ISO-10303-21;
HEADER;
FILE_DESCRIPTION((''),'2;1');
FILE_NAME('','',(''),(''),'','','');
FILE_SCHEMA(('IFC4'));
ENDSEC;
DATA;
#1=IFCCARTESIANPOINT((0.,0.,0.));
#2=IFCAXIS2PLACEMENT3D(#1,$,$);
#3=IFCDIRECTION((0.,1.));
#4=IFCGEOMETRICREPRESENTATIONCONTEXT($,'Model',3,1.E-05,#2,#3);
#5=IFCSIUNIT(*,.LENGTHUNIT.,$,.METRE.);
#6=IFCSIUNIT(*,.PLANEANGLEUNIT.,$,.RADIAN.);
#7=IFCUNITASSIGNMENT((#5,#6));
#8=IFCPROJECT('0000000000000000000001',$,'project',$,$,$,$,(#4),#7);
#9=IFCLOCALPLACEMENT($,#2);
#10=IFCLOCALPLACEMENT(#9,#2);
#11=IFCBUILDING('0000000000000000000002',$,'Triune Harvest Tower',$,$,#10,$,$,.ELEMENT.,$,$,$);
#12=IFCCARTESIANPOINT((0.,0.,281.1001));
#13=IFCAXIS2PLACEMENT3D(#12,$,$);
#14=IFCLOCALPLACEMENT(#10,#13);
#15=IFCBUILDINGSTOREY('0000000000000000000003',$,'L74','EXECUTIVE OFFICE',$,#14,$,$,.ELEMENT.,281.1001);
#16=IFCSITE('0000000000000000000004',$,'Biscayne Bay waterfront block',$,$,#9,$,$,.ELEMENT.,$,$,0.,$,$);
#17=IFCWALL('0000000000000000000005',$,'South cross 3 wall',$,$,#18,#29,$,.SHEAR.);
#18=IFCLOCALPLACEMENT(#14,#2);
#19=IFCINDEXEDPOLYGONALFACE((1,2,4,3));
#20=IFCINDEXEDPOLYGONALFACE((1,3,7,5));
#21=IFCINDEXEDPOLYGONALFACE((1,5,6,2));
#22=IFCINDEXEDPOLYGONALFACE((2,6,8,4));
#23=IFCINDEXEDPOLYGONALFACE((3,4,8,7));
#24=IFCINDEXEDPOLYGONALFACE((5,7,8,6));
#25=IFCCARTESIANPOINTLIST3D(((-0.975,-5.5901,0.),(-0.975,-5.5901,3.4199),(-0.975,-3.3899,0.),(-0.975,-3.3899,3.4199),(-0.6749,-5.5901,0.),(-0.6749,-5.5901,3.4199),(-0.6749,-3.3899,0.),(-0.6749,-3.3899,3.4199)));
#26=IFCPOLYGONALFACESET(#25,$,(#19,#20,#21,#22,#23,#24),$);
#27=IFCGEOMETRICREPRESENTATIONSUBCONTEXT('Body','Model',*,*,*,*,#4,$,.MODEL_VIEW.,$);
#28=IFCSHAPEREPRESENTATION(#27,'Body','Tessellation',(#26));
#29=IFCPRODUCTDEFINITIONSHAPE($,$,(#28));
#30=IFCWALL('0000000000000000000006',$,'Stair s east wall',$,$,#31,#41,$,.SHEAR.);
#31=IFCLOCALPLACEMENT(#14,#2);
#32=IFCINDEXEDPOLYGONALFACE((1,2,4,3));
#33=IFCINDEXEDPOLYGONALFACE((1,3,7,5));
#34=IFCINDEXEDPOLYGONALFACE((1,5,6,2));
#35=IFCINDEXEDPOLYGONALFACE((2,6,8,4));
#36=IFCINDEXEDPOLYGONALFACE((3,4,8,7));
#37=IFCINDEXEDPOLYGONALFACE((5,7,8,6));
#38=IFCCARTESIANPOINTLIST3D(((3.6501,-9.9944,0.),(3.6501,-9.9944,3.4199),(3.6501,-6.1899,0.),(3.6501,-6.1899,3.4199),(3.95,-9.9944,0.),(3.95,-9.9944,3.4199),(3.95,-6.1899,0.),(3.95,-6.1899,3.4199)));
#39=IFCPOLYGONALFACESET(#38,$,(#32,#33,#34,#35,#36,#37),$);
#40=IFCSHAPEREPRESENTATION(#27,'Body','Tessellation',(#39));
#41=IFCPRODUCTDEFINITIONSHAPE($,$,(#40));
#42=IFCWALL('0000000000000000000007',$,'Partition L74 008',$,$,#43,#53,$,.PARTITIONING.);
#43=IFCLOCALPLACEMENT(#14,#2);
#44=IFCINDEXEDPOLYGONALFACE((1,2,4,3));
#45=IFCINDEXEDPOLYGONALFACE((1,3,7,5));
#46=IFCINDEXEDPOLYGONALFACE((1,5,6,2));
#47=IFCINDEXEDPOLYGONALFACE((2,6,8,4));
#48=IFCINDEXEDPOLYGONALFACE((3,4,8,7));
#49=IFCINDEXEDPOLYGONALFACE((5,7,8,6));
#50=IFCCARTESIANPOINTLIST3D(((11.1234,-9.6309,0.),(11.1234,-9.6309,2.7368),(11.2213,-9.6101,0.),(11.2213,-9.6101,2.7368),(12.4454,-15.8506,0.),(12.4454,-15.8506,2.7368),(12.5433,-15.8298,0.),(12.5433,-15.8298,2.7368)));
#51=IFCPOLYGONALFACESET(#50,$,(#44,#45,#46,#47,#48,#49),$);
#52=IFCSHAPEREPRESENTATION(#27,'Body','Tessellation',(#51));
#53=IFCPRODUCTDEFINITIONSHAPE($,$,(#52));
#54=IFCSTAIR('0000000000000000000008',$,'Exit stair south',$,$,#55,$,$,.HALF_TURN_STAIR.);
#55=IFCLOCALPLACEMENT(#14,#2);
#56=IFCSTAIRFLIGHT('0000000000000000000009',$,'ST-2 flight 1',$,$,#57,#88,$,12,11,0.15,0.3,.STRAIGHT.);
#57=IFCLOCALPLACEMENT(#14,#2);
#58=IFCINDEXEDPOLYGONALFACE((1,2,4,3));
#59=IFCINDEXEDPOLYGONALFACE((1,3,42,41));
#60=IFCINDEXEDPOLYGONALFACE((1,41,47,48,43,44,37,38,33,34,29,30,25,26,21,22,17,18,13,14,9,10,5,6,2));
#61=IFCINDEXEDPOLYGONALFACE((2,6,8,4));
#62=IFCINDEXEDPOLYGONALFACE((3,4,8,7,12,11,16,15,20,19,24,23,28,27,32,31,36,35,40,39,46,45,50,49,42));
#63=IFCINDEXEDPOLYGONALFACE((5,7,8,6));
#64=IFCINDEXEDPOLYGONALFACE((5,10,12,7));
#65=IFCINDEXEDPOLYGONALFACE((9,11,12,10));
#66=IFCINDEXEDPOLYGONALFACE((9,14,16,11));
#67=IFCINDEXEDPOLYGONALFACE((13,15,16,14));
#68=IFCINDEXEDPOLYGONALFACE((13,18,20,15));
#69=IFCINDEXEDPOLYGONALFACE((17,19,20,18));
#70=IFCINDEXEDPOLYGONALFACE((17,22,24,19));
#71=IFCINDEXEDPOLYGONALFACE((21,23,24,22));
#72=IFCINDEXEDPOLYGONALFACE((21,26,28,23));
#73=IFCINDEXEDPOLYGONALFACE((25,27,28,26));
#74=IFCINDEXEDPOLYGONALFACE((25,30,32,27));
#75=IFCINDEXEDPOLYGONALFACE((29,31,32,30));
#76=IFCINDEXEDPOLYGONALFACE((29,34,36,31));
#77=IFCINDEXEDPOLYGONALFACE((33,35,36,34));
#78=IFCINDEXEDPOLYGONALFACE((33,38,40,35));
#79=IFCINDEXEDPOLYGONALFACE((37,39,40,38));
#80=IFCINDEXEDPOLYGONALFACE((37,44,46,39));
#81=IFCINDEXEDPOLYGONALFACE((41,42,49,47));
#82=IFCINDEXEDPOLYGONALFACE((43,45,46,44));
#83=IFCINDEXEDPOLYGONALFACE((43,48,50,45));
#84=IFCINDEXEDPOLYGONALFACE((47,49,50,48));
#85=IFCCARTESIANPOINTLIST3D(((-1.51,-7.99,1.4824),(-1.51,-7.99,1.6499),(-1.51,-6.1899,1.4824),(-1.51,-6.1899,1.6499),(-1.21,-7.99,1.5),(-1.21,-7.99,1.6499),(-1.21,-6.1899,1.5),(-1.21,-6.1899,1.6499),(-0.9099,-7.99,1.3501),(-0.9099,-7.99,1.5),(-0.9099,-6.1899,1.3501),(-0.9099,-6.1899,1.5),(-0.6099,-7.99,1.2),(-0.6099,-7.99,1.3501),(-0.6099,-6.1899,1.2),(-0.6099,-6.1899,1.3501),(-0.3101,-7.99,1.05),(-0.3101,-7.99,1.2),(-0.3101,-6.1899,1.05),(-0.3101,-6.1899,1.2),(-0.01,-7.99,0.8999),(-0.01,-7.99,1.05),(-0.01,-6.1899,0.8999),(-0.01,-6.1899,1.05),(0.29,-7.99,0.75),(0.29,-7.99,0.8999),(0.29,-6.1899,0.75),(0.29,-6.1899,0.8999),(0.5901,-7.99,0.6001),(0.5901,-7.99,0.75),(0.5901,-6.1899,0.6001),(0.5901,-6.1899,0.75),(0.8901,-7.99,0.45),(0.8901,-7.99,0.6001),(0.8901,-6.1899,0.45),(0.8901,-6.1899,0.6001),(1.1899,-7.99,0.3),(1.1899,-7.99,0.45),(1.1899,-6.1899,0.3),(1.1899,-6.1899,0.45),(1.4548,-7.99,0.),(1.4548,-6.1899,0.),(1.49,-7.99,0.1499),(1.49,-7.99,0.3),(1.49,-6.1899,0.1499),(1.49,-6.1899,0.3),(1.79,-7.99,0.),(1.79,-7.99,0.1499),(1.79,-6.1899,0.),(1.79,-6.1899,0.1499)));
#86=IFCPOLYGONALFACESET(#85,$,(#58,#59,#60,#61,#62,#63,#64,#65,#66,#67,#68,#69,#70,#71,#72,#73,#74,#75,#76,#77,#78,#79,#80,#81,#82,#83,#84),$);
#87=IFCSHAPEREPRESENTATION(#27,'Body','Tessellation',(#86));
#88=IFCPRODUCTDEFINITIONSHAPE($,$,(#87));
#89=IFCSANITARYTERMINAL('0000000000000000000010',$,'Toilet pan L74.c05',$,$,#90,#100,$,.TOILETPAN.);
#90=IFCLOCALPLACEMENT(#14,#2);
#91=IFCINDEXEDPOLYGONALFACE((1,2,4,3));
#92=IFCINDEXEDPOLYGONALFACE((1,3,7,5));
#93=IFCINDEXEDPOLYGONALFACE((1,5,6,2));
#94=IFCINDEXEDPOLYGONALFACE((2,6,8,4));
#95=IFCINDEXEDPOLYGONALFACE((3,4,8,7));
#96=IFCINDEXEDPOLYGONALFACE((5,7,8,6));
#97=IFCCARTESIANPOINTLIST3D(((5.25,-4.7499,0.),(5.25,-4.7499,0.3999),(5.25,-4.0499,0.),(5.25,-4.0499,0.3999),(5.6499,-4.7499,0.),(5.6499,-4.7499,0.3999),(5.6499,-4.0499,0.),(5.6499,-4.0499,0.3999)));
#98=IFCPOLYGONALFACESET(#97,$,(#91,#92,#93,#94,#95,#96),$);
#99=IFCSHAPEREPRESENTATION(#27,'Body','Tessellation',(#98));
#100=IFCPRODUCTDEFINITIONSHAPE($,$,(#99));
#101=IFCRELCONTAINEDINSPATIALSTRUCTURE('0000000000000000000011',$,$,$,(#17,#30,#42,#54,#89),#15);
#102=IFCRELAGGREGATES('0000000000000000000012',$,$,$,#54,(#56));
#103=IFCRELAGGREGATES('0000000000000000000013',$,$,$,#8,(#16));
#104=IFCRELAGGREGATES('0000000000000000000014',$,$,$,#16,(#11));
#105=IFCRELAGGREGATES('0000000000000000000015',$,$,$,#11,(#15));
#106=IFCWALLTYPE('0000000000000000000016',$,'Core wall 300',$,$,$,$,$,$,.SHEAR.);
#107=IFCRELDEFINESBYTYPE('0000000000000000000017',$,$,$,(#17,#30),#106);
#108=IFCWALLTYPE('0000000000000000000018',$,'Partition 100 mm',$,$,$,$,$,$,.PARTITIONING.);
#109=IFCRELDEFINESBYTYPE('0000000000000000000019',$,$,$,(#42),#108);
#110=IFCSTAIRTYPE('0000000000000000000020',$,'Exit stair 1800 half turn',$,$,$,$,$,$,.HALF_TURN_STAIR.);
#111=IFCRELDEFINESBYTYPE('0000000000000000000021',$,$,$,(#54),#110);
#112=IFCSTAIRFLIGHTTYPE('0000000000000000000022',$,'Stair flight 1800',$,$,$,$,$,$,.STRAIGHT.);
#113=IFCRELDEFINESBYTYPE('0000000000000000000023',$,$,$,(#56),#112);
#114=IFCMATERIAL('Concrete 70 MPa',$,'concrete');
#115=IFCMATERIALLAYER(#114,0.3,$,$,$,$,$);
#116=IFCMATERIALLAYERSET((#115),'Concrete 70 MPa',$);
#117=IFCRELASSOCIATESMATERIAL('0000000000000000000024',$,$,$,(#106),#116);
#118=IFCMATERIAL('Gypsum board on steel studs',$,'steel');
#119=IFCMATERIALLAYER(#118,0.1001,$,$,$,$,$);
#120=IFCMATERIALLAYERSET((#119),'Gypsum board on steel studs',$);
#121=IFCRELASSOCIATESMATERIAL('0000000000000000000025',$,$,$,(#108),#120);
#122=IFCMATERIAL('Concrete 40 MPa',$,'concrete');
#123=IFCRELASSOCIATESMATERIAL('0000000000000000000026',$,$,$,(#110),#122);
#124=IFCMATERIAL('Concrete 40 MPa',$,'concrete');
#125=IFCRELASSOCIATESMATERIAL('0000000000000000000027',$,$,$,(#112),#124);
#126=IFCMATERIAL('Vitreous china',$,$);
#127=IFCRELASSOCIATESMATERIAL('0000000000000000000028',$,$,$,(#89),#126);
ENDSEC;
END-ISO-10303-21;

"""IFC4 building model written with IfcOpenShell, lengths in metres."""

from ifc_helpers import new_model, si_unit, direction, frame, frame_2d, origin, origin_2d, place, context, subcontext, project, spatial, polyline, rectangle, outline, extrude, source, transform, mapped, material, layer, layer_set, type_object, element, aggregate, save


model = new_model("IFC4")

# Units and contexts
model_context = context("Model", 3, precision=1e-05, world=origin(), true_north=direction((0.0, 1.0)))
body_context = subcontext(model_context, "Body", "Model", "MODEL_VIEW")
ifc_project = project(units=[si_unit("LENGTHUNIT", "METRE"), si_unit("PLANEANGLEUNIT", "RADIAN")], contexts=[model_context])

# Site, building, storey
site_placement = place(None, origin())
site = spatial("IfcSite", under=ifc_project, at=site_placement, Name="Biscayne Bay waterfront block", CompositionType="ELEMENT", RefElevation=0.0)
building_placement = place(site_placement, origin())
building = spatial("IfcBuilding", under=site, at=building_placement, Name="Triune Harvest Tower", CompositionType="ELEMENT")
storey_placement = place(building_placement, frame((0.0, 0.0, 281.1001)))
storey = spatial("IfcBuildingStorey", under=building, at=storey_placement, Name="L74", Description="EXECUTIVE OFFICE", CompositionType="ELEMENT", Elevation=281.1001)

# Shared definitions
ifc_material_1 = material(Name="Concrete 70 MPa", Category="concrete")
ifc_layer_1 = layer(ifc_material_1, 0.3)
ifc_layer_set_1 = layer_set([ifc_layer_1], Name="Concrete 70 MPa")
wall_type_1 = type_object("IfcWallType", Name="Core wall 300", PredefinedType="SHEAR", material=ifc_layer_set_1)

# Shared definitions
ifc_material_2 = material(Name="Gypsum board on steel studs", Category="steel")
ifc_layer_2 = layer(ifc_material_2, 0.1001)
ifc_layer_set_2 = layer_set([ifc_layer_2], Name="Gypsum board on steel studs")
wall_type_2 = type_object("IfcWallType", Name="Partition 100 mm", PredefinedType="PARTITIONING", material=ifc_layer_set_2)

# Walls
shared_shape_1 = source(origin(), body_context, "Body", "SweptSolid", [
    extrude(rectangle(XDim=2.2002, YDim=0.3, at=frame_2d((1.1001, 0.0))), origin(), (0.0, 0.0, 1.0), 3.4199),
])
for number, where, z_axis, x_axis, name in (
    (1, (-0.825, -5.5901, 0.0), (0.0, 0.0, 1.0), (0.0, 1.0, 0.0), "South cross 3 wall"),
):
    element("IfcWall", number, at=place(storey_placement, frame(where, z_axis=z_axis, x_axis=x_axis)), inside=storey, type_object=wall_type_1, Name=name, PredefinedType="SHEAR", context=body_context, shape_type="MappedRepresentation", body=[
        mapped(shared_shape_1, transform((0.0, 0.0, 0.0), scale=1.0)),
    ])
shared_shape_2 = source(origin(), body_context, "Body", "SweptSolid", [
    extrude(outline(polyline([(3.8, -0.1499), (-0.0044, -0.1499), (-0.0044, 0.1499), (3.8, 0.1499), (3.8, -0.1499)])), origin(), (0.0, 0.0, 1.0), 3.4199),
])
wall_1_placement = place(storey_placement, frame((3.8, -9.99, 0.0), z_axis=(0.0, 0.0, 1.0), x_axis=(0.0, 1.0, 0.0)))
element("IfcWall", 2, at=wall_1_placement, inside=storey, type_object=wall_type_1, Name="Stair s east wall", PredefinedType="SHEAR", context=body_context, shape_type="MappedRepresentation", body=[
    mapped(shared_shape_2, transform((0.0, 0.0, 0.0), scale=1.0)),
])
shared_shape_3 = source(origin(), body_context, "Body", "SweptSolid", [
    extrude(rectangle(XDim=6.3586, YDim=0.1001, at=frame_2d((3.1792, 0.0))), origin(), (0.0, 0.0, 1.0), 2.7368),
])
wall_2_placement = place(storey_placement, frame((11.1724, -9.6206, 0.0), z_axis=(0.0, 0.0, 1.0), x_axis=(0.207908, -0.978148, 0.0)))
element("IfcWall", 3, at=wall_2_placement, inside=storey, type_object=wall_type_2, Name="Partition L74 008", PredefinedType="PARTITIONING", context=body_context, shape_type="MappedRepresentation", body=[
    mapped(shared_shape_3, transform((0.0, 0.0, 0.0), scale=1.0)),
])

# Stair, stair flight
ifc_material_3 = material(Name="Concrete 40 MPa", Category="concrete")
stair_type = type_object("IfcStairType", Name="Exit stair 1800 half turn", PredefinedType="HALF_TURN_STAIR", material=ifc_material_3)
stair_placement = place(storey_placement, origin())
stair = element("IfcStair", 4, at=stair_placement, inside=storey, type_object=stair_type, Name="Exit stair south", PredefinedType="HALF_TURN_STAIR")
ifc_material_4 = material(Name="Concrete 40 MPa", Category="concrete")
stair_flight_type = type_object("IfcStairFlightType", Name="Stair flight 1800", PredefinedType="STRAIGHT", material=ifc_material_4)
shared_shape_4 = source(origin(), body_context, "Body", "SweptSolid", [
    extrude(outline(polyline([(0.0, 0.0), (0.0, 0.1499), (0.3, 0.1499), (0.3, 0.3), (0.6001, 0.3), (0.6001, 0.45), (0.8999, 0.45), (0.8999, 0.6001), (1.2, 0.6001), (1.2, 0.75), (1.5, 0.75), (1.5, 0.8999), (1.8, 0.8999), (1.8, 1.05), (2.1001, 1.05), (2.1001, 1.2), (2.3999, 1.2), (2.3999, 1.3501), (2.7, 1.3501), (2.7, 1.5), (3.0, 1.5), (3.0, 1.6499), (3.3, 1.6499), (3.3, 1.8), (3.3, 1.4824), (0.3352, 0.0), (0.0, 0.0)])), frame((0.0, 0.8999, 0.0), z_axis=(0.0, -1.0, 0.0), x_axis=(1.0, 0.0, 0.0)), (0.0, 0.0, 1.0), 1.8),
])
stair_flight_placement = place(storey_placement, frame((1.79, -7.0901, 0.0), z_axis=(0.0, 0.0, 1.0), x_axis=(-1.0, 0.0, 0.0)))
stair_flight = element("IfcStairFlight", 5, at=stair_flight_placement, type_object=stair_flight_type, Name="ST-2 flight 1", NumberOfRisers=12, NumberOfTreads=11, PredefinedType="STRAIGHT", RiserHeight=0.15, TreadLength=0.3, context=body_context, shape_type="MappedRepresentation", body=[
    mapped(shared_shape_4, transform((0.0, 0.0, 0.0), scale=1.0)),
])
aggregate(stair, [stair_flight])

# Sanitary terminal
ifc_material_5 = material(Name="Vitreous china")
shared_shape_5 = source(origin(), body_context, "Body", "SweptSolid", [
    extrude(rectangle(XDim=0.3999, YDim=0.7, at=origin_2d()), origin(), (0.0, 0.0, 1.0), 0.3999),
])
sanitary_terminal_placement = place(storey_placement, frame((5.45, -4.3999, 0.0), z_axis=(0.0, 0.0, 1.0), x_axis=(1.0, 0.0, 0.0)))
element("IfcSanitaryTerminal", 6, at=sanitary_terminal_placement, inside=storey, material=ifc_material_5, Name="Toilet pan L74.c05", PredefinedType="TOILETPAN", context=body_context, shape_type="MappedRepresentation", body=[
    mapped(shared_shape_5, transform((0.0, 0.0, 0.0), scale=1.0)),
])

save(model, "model.ifc")
